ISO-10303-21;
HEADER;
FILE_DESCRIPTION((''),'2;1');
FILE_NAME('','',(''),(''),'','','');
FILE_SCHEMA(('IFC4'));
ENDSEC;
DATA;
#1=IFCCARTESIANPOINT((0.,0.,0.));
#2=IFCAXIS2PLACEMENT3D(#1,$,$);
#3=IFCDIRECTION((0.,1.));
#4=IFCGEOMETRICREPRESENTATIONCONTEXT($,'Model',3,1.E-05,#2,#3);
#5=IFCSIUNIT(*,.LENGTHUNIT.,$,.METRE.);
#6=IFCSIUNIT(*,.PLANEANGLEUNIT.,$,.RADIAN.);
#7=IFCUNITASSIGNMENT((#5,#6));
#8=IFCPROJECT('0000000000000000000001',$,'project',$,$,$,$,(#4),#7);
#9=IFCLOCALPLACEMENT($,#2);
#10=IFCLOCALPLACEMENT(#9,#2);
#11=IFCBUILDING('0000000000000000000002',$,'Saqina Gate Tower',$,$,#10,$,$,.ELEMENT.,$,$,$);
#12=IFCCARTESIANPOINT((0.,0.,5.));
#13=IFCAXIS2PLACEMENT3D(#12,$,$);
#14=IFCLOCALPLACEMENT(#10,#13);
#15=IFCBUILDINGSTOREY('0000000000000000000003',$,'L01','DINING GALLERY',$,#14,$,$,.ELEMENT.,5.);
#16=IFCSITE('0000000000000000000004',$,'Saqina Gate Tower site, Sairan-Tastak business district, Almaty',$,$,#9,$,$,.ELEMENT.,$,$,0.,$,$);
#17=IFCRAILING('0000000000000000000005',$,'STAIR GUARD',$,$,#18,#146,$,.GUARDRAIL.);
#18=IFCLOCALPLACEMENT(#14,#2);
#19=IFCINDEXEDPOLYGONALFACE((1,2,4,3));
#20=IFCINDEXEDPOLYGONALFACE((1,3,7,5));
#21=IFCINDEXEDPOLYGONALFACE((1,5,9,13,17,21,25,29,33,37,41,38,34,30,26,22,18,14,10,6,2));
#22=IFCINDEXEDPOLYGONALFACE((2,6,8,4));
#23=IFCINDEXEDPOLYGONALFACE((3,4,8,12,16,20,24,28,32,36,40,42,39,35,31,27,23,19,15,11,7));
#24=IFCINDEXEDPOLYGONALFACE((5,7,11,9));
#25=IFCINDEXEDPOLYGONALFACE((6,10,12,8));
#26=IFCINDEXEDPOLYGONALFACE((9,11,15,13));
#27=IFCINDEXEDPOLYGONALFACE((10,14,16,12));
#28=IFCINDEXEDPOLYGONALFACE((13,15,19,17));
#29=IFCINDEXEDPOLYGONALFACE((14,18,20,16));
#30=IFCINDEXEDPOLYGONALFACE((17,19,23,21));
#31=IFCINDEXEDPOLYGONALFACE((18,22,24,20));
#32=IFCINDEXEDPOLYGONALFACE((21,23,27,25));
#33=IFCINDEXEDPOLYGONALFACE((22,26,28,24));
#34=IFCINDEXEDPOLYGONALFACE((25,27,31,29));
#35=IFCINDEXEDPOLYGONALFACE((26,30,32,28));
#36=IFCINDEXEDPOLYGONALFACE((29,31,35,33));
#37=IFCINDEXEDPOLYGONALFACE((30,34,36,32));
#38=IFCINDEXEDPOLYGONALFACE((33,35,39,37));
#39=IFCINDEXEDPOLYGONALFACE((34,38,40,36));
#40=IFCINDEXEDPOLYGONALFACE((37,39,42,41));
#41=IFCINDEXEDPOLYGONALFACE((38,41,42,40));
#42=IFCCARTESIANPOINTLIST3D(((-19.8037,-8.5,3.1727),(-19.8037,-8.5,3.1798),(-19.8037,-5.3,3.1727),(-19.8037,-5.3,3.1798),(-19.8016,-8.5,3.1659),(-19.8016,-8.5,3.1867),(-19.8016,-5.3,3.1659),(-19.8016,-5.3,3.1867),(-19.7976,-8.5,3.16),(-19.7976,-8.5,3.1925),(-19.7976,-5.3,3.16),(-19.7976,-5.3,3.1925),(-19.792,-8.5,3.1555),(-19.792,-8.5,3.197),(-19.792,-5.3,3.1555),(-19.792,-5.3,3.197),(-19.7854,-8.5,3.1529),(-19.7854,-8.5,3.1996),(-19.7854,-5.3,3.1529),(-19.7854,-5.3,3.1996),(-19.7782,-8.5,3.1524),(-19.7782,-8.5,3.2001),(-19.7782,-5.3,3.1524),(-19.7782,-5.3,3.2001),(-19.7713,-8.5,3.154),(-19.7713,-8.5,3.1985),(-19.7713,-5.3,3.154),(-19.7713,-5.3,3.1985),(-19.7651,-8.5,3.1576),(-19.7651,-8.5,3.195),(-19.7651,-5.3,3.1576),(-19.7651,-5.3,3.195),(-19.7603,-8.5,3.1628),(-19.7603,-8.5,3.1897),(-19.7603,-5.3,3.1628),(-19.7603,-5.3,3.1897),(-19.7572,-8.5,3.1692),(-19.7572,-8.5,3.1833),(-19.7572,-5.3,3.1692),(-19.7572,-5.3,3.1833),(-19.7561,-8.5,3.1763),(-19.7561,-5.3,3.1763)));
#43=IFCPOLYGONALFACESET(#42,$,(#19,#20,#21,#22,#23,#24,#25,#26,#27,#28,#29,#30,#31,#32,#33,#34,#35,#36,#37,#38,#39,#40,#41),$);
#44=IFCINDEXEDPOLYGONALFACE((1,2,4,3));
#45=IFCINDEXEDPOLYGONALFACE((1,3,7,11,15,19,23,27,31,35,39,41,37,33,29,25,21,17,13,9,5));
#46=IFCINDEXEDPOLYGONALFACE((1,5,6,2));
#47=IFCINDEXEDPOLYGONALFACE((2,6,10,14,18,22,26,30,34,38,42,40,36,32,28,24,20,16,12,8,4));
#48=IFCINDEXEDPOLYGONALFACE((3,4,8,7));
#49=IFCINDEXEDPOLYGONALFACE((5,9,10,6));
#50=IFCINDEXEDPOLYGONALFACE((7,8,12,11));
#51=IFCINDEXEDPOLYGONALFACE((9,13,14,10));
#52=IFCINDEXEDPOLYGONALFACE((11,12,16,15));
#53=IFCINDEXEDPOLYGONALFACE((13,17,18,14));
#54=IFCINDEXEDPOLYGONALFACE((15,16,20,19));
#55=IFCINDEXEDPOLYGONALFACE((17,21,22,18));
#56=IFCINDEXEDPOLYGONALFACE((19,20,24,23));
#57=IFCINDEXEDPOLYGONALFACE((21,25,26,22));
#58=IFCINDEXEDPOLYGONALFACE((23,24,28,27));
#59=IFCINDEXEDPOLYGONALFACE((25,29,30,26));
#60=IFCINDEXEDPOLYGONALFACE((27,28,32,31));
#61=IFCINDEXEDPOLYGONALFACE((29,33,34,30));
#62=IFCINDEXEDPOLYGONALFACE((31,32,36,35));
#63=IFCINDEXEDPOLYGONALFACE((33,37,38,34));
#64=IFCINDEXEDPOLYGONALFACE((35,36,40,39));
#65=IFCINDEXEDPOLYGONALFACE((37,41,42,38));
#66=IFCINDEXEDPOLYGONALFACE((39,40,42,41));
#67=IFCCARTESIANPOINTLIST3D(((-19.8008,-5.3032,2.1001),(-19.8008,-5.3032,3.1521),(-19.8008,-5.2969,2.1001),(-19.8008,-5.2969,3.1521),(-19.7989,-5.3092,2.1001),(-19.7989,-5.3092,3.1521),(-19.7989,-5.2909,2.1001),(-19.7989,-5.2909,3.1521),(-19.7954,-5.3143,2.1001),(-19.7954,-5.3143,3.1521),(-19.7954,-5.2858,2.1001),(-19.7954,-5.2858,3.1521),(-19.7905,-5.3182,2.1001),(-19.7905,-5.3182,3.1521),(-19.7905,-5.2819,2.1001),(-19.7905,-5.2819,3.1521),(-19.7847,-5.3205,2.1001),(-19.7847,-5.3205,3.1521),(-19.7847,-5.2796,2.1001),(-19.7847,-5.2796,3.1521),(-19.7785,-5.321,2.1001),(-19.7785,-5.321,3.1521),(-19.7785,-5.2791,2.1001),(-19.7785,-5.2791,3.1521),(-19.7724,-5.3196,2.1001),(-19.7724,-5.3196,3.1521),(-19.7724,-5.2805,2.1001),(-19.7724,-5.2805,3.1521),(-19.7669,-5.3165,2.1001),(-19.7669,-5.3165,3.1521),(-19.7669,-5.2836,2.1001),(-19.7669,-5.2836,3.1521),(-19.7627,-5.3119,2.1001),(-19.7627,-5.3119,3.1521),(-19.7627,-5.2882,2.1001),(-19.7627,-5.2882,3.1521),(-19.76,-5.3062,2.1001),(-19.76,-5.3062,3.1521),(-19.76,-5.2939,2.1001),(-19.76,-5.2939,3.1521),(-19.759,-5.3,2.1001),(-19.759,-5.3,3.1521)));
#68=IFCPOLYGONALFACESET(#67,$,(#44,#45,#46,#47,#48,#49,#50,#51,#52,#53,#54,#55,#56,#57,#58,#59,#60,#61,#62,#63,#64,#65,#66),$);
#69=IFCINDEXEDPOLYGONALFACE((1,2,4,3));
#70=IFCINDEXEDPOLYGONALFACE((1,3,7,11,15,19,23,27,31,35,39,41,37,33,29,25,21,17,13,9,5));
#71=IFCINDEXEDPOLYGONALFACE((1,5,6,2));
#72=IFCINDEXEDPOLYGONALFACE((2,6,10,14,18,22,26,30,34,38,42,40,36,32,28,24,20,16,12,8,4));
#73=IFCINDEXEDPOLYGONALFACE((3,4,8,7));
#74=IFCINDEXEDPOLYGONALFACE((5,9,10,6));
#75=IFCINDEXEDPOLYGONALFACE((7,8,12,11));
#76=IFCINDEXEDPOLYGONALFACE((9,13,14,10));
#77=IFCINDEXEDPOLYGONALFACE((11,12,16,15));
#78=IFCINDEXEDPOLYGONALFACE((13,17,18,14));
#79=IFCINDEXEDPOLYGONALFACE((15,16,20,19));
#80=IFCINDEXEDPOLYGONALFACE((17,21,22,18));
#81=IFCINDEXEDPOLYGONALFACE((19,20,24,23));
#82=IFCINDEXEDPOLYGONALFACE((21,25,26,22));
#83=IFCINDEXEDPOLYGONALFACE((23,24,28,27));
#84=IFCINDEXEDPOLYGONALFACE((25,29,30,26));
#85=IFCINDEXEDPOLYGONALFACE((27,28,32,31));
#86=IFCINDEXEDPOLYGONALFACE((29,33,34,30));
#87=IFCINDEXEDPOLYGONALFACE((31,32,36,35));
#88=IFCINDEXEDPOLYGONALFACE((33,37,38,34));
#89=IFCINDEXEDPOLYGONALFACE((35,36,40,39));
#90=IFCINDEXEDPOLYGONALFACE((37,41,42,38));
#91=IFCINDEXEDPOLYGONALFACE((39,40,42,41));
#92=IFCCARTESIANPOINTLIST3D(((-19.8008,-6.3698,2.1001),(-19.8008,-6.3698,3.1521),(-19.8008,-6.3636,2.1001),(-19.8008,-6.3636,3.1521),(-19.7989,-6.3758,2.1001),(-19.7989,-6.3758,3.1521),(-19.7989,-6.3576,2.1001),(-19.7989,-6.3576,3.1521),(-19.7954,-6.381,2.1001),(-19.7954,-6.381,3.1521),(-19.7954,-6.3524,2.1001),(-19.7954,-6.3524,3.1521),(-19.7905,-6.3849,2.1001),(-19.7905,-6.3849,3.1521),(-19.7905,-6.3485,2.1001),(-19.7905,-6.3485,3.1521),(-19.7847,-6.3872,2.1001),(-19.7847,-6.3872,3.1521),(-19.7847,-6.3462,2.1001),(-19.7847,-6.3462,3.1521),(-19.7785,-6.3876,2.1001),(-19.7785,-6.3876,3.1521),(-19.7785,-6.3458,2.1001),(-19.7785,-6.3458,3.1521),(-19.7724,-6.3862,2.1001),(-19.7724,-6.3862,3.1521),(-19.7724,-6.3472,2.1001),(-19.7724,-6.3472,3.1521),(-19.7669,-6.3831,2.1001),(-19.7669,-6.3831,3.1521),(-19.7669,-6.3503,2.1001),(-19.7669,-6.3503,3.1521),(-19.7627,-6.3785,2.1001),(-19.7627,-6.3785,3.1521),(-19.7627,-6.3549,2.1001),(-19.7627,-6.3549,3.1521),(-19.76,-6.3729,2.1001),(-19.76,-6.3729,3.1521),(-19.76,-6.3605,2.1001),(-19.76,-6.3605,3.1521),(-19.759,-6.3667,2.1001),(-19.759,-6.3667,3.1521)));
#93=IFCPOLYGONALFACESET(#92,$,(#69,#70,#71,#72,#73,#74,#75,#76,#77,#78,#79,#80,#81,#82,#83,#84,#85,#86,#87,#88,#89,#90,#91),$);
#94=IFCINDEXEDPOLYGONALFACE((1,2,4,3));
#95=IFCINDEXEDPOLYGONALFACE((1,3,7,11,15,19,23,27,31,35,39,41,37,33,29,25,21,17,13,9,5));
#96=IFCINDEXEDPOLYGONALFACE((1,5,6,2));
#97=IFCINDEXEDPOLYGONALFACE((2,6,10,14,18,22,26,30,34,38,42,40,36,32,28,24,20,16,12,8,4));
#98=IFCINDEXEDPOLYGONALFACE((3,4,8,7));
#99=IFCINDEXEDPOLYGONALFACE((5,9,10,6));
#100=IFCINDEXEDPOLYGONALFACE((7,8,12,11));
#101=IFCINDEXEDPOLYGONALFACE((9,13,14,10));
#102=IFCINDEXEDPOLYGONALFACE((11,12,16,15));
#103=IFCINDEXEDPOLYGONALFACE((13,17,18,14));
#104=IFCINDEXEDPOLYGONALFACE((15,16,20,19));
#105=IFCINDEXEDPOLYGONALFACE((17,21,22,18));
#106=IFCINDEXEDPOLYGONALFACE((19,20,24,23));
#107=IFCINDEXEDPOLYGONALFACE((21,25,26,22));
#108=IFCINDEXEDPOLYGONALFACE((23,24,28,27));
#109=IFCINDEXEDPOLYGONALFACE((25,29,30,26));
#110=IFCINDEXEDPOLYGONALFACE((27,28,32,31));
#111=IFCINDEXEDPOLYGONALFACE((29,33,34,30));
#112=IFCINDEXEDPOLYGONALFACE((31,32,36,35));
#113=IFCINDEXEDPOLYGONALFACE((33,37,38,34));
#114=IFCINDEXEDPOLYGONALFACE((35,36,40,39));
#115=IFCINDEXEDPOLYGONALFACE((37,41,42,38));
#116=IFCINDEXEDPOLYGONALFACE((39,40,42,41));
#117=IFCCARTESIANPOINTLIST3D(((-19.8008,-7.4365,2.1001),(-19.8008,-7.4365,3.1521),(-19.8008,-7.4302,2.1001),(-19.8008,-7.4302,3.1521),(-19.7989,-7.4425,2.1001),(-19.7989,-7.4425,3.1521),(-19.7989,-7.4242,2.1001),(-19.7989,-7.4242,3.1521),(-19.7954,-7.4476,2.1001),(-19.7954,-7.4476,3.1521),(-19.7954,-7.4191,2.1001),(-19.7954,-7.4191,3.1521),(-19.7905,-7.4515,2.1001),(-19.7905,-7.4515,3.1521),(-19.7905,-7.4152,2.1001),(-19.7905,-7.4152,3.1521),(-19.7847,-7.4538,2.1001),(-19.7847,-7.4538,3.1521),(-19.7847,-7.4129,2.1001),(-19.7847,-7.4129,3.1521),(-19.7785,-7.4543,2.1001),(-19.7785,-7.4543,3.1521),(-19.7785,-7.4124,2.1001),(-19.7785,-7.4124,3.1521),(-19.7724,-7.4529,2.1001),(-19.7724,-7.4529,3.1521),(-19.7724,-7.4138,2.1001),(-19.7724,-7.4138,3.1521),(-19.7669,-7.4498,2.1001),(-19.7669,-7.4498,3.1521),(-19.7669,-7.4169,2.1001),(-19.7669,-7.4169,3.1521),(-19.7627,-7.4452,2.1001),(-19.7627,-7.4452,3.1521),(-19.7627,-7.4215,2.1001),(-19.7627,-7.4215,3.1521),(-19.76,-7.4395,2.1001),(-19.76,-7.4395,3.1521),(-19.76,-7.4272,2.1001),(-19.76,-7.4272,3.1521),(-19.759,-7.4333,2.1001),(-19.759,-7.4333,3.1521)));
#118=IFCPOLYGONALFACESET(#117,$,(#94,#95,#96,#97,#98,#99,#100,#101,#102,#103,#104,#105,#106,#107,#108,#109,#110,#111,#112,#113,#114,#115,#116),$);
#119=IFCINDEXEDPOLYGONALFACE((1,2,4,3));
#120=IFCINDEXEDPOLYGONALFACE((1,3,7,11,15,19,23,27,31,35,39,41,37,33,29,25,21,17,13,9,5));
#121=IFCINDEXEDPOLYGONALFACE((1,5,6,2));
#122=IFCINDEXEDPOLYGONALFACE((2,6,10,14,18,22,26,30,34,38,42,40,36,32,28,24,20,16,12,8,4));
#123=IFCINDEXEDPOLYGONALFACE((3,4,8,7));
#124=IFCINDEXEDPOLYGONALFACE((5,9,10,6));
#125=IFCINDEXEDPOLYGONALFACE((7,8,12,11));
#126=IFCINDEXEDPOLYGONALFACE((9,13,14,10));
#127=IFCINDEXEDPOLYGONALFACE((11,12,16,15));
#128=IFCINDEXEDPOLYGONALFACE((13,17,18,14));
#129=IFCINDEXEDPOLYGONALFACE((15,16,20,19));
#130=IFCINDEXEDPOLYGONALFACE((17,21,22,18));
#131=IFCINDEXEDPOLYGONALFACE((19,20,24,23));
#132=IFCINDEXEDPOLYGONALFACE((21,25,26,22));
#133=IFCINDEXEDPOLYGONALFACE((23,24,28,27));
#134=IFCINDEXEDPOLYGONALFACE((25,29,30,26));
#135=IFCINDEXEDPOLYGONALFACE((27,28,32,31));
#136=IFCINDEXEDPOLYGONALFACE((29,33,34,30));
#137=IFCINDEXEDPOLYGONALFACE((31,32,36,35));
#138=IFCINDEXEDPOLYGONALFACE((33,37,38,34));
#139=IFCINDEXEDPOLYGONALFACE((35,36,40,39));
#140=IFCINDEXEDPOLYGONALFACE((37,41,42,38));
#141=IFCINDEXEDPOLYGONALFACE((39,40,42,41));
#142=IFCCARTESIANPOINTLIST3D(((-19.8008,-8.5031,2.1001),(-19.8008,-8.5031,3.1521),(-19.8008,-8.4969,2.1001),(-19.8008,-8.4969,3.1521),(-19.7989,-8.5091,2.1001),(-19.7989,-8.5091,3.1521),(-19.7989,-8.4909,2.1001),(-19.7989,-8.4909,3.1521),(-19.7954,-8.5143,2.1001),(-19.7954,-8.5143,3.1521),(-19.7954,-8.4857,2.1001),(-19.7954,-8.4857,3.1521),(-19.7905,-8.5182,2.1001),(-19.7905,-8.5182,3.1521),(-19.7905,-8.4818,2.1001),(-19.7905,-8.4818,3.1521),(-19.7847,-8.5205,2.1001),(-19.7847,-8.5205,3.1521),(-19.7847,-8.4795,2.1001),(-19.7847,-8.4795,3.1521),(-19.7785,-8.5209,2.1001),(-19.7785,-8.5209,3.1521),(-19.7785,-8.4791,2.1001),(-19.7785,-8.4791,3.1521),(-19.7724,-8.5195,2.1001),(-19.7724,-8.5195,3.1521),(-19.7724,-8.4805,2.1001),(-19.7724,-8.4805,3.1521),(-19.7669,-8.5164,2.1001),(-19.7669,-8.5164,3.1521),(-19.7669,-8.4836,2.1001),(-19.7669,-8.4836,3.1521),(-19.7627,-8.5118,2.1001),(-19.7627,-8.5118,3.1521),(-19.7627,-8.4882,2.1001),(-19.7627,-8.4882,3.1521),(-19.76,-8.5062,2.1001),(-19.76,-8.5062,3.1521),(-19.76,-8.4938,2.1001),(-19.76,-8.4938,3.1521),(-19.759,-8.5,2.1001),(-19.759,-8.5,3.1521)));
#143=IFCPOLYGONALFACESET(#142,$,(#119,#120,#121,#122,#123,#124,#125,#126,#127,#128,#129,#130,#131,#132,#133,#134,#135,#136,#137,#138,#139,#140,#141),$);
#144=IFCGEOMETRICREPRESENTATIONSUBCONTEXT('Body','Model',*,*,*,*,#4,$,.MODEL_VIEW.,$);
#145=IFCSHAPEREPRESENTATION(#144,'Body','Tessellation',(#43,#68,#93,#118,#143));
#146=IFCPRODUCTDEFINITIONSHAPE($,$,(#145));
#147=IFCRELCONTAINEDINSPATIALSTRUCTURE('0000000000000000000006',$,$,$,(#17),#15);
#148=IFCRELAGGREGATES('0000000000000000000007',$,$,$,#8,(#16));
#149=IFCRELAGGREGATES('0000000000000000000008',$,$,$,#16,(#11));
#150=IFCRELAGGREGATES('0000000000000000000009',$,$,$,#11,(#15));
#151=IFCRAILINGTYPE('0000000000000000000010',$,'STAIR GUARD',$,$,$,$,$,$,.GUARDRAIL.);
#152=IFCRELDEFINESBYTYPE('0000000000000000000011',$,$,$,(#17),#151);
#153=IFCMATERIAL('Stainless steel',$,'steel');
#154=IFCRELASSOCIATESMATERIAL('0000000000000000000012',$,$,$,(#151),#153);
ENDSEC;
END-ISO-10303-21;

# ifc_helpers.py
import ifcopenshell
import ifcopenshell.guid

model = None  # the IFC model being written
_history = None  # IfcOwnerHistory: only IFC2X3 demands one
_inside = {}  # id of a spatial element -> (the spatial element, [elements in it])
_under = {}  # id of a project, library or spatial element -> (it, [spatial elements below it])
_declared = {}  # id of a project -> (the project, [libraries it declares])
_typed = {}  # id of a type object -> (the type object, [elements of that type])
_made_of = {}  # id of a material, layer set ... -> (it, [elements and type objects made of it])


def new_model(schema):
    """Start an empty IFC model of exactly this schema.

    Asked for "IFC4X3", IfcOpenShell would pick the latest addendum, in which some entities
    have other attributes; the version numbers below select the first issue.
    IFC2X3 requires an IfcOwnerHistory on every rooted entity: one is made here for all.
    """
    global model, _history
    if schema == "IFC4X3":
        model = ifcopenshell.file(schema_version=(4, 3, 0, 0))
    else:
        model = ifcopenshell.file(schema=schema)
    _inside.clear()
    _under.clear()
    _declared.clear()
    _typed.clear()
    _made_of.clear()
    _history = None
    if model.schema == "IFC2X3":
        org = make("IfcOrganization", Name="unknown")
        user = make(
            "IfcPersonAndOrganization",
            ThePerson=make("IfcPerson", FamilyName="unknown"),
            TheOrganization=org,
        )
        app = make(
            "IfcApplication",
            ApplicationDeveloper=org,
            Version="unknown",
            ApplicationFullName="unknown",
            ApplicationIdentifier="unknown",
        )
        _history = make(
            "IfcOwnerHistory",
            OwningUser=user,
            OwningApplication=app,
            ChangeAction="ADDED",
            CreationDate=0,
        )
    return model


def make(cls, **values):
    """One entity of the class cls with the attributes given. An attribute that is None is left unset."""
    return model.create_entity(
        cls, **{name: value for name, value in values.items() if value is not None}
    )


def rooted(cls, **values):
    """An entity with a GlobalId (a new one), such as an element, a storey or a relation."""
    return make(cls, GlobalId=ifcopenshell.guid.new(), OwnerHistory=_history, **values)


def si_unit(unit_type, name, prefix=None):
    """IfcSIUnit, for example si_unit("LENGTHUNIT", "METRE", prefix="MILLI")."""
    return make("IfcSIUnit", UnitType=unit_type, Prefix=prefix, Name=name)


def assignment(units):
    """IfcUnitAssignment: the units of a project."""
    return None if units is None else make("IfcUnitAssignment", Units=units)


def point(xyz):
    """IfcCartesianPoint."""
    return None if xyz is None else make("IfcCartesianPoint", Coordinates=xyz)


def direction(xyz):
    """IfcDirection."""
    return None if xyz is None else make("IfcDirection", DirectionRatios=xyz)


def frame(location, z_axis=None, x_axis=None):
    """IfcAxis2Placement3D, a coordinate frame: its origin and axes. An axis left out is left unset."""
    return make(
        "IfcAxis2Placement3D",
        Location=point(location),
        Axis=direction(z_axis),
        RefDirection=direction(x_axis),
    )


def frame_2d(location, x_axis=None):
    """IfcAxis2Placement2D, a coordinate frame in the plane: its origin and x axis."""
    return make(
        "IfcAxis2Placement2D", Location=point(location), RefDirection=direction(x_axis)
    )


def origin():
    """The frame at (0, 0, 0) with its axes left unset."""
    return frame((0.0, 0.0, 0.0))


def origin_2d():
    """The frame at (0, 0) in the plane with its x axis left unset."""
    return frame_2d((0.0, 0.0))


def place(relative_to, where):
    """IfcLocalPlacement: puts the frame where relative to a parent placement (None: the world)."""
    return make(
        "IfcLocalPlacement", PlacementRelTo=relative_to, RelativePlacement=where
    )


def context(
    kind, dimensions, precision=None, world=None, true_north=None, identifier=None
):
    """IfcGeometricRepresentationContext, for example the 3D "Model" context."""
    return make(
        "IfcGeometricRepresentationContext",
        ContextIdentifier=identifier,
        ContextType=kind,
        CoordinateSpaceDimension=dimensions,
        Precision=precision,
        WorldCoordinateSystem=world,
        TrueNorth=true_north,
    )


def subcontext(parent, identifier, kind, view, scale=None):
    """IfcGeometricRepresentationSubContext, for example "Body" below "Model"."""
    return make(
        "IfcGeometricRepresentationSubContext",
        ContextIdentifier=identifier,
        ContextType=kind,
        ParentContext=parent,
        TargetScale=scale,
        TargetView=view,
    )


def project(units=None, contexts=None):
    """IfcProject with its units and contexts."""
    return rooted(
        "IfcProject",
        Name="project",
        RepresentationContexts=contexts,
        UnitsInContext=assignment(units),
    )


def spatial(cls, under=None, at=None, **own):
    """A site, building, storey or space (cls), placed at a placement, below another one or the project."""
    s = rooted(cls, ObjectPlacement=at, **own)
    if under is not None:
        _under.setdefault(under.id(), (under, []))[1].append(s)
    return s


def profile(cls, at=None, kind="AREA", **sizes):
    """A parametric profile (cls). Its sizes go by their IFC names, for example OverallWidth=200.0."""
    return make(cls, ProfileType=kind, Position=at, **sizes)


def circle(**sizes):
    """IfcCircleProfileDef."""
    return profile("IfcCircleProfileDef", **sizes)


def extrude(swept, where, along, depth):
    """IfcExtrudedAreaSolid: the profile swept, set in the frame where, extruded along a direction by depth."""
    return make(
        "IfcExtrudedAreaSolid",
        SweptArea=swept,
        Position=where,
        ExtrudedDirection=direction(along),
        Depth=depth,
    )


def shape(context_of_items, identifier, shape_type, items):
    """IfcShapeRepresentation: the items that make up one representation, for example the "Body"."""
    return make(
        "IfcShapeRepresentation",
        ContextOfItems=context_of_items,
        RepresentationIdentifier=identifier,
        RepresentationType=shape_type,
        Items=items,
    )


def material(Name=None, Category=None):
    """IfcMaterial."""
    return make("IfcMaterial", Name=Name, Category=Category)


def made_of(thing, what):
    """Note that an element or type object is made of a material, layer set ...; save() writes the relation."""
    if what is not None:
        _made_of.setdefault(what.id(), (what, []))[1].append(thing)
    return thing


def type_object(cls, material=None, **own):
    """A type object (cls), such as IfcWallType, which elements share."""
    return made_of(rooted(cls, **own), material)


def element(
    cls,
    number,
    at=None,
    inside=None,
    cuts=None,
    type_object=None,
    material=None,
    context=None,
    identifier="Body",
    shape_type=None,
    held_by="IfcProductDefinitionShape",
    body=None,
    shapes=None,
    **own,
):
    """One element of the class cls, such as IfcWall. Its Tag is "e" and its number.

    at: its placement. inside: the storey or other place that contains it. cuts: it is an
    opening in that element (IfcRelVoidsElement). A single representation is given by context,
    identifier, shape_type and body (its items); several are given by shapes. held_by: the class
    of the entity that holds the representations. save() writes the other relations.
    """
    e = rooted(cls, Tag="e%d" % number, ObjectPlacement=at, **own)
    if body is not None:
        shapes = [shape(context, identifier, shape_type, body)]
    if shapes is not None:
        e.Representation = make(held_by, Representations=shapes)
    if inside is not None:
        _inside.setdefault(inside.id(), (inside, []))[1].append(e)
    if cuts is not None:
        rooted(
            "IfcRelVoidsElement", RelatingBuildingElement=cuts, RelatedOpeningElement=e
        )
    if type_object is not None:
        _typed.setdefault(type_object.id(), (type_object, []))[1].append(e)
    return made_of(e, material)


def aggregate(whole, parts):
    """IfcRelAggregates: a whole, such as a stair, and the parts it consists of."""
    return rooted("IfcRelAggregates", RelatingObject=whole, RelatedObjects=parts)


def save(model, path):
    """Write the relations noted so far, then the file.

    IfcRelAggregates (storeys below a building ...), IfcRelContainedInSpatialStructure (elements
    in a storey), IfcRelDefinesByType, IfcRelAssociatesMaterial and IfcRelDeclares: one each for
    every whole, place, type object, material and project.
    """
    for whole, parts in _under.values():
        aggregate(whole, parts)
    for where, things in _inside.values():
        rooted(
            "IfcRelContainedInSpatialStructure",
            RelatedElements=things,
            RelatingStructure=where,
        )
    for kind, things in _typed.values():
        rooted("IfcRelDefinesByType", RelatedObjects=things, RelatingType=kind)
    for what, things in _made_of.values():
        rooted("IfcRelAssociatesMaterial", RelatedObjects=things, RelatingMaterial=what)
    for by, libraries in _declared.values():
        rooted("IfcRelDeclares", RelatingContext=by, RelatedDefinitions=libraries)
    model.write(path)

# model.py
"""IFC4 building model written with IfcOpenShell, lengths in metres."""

from ifc_helpers import new_model, si_unit, direction, frame, origin, origin_2d, place, context, subcontext, project, spatial, circle, extrude, material, type_object, element, save


model = new_model("IFC4")

# Units and contexts
model_context = context("Model", 3, precision=1e-05, world=origin(), true_north=direction((0.0, 1.0)))
body_context = subcontext(model_context, "Body", "Model", "MODEL_VIEW")
ifc_project = project(units=[si_unit("LENGTHUNIT", "METRE"), si_unit("PLANEANGLEUNIT", "RADIAN")], contexts=[model_context])

# Site, building, storey
site_placement = place(None, origin())
site = spatial("IfcSite", under=ifc_project, at=site_placement, Name="Saqina Gate Tower site, Sairan-Tastak business district, Almaty", CompositionType="ELEMENT", RefElevation=0.0)
building_placement = place(site_placement, origin())
building = spatial("IfcBuilding", under=site, at=building_placement, Name="Saqina Gate Tower", CompositionType="ELEMENT")
storey_placement = place(building_placement, frame((0.0, 0.0, 5.0)))
storey = spatial("IfcBuildingStorey", under=building, at=storey_placement, Name="L01", Description="DINING GALLERY", CompositionType="ELEMENT", Elevation=5.0)

# Railing
ifc_material_1 = material(Name="Stainless steel", Category="steel")
railing_type = type_object("IfcRailingType", Name="STAIR GUARD", PredefinedType="GUARDRAIL", material=ifc_material_1)
railing_placement = place(storey_placement, frame((-19.78, -5.3, 2.1001)))
element("IfcRailing", 1, at=railing_placement, inside=storey, type_object=railing_type, Name="STAIR GUARD", PredefinedType="GUARDRAIL", context=body_context, shape_type="SweptSolid", body=[
    extrude(circle(Radius=0.0239, at=origin_2d()), frame((0.0, 0.0, 1.0762), z_axis=(0.0, -1.0, 0.0), x_axis=(1.0, 0.0, 0.0)), (0.0, 0.0, 1.0), 3.2),
    extrude(circle(Radius=0.021, at=origin_2d()), origin(), (0.0, 0.0, 1.0), 1.052),
    extrude(circle(Radius=0.021, at=origin_2d()), frame((0.0, -1.0667, 0.0)), (0.0, 0.0, 1.0), 1.052),
    extrude(circle(Radius=0.021, at=origin_2d()), frame((0.0, -2.1333, 0.0)), (0.0, 0.0, 1.0), 1.052),
    extrude(circle(Radius=0.021, at=origin_2d()), frame((0.0, -3.2, 0.0)), (0.0, 0.0, 1.0), 1.052),
])

save(model, "model.ifc")
